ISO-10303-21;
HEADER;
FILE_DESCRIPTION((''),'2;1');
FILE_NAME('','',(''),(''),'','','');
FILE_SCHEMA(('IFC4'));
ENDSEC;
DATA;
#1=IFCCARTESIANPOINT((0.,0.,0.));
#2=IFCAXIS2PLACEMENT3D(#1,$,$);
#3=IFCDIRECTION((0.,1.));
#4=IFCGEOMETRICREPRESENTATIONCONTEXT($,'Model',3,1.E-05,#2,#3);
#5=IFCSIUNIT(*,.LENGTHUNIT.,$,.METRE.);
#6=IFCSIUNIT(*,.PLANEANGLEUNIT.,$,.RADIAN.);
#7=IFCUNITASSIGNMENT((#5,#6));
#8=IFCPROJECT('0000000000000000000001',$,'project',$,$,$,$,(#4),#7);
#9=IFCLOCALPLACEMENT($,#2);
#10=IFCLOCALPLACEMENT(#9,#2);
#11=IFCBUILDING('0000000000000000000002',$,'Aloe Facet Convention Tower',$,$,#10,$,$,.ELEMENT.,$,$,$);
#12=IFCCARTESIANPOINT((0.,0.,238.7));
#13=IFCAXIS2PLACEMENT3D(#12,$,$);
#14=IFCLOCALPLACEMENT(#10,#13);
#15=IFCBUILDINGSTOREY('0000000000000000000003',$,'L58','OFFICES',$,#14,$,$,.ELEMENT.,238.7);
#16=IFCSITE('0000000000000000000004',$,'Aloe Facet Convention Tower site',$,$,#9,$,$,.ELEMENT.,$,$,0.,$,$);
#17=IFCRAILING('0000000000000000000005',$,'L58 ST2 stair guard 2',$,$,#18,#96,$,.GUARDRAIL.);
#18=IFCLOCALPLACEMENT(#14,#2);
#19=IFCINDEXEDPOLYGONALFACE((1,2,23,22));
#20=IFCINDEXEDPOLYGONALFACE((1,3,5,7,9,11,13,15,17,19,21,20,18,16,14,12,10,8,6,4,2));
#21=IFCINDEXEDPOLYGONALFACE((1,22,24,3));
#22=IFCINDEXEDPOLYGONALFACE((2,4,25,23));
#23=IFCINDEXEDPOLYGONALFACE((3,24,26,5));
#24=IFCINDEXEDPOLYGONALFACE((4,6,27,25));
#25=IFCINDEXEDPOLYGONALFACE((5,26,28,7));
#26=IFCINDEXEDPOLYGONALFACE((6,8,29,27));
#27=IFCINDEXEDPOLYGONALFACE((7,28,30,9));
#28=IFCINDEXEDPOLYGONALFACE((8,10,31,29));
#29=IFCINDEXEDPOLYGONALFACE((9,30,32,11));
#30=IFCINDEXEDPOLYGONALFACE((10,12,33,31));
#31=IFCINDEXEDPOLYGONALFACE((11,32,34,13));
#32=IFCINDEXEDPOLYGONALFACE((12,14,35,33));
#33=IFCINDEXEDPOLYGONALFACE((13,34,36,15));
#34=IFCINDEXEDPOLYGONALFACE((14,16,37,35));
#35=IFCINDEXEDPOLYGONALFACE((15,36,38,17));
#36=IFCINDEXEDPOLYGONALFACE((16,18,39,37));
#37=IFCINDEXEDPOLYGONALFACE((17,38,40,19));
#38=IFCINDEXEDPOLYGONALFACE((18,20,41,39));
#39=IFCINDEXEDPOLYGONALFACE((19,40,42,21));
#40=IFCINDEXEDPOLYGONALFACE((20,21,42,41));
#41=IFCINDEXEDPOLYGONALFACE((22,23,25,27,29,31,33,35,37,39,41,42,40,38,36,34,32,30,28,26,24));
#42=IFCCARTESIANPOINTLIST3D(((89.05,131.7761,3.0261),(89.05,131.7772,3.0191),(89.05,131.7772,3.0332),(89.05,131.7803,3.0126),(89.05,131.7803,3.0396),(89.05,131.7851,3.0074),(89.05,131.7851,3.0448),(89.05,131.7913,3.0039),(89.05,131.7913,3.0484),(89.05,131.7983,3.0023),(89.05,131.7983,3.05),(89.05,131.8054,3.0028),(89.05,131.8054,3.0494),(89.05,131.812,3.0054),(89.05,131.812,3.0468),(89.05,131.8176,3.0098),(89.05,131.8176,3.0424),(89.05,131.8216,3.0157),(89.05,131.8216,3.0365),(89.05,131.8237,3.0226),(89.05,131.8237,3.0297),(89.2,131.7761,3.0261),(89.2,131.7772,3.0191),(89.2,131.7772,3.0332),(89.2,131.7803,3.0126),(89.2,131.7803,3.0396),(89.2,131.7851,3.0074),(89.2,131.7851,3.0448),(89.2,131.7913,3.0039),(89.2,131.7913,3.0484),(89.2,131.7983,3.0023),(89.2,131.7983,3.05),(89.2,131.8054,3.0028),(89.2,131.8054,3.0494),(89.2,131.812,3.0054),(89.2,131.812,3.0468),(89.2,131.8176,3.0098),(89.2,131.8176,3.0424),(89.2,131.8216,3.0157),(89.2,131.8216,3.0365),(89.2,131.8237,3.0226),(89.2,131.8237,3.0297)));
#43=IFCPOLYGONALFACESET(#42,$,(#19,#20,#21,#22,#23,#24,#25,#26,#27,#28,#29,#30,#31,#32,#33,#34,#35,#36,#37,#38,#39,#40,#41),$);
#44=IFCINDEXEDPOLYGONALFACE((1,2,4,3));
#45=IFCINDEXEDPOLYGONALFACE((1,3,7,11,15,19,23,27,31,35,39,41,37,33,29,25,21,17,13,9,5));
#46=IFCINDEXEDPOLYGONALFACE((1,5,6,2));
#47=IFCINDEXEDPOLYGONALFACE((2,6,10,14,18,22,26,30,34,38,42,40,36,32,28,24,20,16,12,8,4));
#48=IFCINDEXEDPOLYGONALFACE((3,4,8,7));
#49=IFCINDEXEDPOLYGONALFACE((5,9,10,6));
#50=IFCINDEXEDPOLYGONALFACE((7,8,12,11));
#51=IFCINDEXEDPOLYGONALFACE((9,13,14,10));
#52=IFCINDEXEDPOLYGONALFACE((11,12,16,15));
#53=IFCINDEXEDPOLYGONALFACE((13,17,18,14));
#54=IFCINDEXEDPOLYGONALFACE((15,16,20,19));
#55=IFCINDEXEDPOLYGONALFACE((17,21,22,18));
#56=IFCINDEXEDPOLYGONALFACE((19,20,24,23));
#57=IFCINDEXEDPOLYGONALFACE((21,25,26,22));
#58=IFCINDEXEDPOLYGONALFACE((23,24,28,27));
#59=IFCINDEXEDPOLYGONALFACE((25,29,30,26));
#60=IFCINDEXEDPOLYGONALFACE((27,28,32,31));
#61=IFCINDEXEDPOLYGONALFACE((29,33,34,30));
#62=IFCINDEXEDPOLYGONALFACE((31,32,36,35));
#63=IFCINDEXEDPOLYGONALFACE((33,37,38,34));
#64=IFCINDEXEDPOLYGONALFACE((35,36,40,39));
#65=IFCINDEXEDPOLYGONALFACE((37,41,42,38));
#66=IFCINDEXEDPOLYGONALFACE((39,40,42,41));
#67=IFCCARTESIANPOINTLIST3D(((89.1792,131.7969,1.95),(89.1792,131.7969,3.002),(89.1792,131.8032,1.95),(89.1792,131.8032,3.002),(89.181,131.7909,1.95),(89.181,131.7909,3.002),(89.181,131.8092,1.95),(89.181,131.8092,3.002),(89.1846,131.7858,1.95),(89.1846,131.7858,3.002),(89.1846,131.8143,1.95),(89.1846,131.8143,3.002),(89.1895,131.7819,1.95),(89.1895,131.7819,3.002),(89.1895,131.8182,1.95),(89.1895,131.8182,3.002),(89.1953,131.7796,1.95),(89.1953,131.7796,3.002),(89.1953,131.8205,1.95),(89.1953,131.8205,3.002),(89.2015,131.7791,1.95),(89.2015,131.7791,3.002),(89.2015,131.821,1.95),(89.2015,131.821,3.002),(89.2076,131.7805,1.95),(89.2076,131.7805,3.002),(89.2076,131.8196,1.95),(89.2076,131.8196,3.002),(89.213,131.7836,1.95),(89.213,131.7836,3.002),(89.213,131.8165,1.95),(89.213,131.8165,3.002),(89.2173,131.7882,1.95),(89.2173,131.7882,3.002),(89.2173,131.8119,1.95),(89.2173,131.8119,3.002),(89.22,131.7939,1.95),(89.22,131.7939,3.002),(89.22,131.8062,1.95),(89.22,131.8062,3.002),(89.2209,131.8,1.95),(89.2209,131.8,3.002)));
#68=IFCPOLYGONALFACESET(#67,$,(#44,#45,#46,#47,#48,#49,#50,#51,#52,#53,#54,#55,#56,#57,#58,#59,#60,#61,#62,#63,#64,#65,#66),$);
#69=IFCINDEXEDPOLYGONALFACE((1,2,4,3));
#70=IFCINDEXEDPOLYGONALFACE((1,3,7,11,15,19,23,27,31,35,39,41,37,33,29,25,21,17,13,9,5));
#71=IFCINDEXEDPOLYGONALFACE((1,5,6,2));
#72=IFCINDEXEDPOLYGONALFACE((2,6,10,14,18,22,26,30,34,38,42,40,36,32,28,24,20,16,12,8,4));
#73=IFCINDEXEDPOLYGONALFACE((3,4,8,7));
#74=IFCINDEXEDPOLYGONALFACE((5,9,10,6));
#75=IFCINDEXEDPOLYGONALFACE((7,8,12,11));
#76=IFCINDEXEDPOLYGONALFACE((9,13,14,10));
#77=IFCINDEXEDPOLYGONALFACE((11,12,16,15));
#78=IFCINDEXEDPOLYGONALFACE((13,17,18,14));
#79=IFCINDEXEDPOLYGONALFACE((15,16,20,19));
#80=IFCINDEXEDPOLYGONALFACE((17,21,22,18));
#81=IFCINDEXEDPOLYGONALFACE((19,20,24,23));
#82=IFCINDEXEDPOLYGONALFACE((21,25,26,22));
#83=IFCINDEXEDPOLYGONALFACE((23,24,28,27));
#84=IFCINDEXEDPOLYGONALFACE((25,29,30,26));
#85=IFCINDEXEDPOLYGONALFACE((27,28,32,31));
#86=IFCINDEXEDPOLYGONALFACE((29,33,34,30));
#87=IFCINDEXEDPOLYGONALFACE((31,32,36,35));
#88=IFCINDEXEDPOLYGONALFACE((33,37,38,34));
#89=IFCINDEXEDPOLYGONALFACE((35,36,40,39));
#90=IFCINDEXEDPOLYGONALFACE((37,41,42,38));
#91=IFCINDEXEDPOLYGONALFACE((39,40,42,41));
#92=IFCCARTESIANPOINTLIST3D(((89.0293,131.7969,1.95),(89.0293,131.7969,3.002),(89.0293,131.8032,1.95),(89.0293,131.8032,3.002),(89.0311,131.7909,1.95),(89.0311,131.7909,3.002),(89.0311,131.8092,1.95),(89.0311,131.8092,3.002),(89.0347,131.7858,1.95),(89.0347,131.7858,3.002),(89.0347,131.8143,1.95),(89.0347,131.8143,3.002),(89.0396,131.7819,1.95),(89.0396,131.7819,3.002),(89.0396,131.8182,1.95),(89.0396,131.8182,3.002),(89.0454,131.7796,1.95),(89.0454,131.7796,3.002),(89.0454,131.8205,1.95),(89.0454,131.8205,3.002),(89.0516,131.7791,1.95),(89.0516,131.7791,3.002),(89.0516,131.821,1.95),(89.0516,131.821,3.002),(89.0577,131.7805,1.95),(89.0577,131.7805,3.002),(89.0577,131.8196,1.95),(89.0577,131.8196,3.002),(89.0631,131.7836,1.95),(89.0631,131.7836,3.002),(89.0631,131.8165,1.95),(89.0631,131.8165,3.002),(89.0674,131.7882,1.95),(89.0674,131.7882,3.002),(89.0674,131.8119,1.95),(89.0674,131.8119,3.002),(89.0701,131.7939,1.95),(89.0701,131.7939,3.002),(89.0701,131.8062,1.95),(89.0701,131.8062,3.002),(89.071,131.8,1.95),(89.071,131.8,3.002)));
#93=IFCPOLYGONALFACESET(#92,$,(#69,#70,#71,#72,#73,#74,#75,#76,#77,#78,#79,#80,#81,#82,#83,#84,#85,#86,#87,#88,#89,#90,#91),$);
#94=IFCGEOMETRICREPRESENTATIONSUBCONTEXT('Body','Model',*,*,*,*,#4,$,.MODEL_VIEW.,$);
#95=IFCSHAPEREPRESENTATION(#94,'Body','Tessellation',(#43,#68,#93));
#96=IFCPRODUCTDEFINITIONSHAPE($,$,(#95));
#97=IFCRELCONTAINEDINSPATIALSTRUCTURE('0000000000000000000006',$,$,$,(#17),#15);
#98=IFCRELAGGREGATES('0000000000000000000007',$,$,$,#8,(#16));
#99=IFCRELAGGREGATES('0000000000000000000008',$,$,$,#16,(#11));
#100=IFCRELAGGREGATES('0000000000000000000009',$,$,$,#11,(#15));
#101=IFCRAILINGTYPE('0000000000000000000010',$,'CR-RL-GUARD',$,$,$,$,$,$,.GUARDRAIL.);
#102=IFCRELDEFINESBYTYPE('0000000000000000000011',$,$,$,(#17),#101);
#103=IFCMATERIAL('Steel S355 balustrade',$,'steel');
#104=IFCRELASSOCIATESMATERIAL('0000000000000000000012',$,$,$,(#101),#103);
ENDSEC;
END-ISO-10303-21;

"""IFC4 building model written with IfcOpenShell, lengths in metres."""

from ifc_helpers import new_model, si_unit, direction, frame, origin, origin_2d, place, context, subcontext, project, spatial, circle, extrude, material, type_object, element, save


model = new_model("IFC4")

# Units and contexts
model_context = context("Model", 3, precision=1e-05, world=origin(), true_north=direction((0.0, 1.0)))
body_context = subcontext(model_context, "Body", "Model", "MODEL_VIEW")
ifc_project = project(units=[si_unit("LENGTHUNIT", "METRE"), si_unit("PLANEANGLEUNIT", "RADIAN")], contexts=[model_context])

# Site, building, storey
site_placement = place(None, origin())
site = spatial("IfcSite", under=ifc_project, at=site_placement, Name="Aloe Facet Convention Tower site", CompositionType="ELEMENT", RefElevation=0.0)
building_placement = place(site_placement, origin())
building = spatial("IfcBuilding", under=site, at=building_placement, Name="Aloe Facet Convention Tower", CompositionType="ELEMENT")
storey_placement = place(building_placement, frame((0.0, 0.0, 238.7)))
storey = spatial("IfcBuildingStorey", under=building, at=storey_placement, Name="L58", Description="OFFICES", CompositionType="ELEMENT", Elevation=238.7)

# Railing
ifc_material_1 = material(Name="Steel S355 balustrade", Category="steel")
railing_type_1 = type_object("IfcRailingType", Name="CR-RL-GUARD", PredefinedType="GUARDRAIL", material=ifc_material_1)
railing_1_placement = place(storey_placement, frame((89.2, 131.8, 1.95)))
element("IfcRailing", 1, at=railing_1_placement, inside=storey, type_object=railing_type_1, Name="L58 ST2 stair guard 2", PredefinedType="GUARDRAIL", context=body_context, shape_type="SweptSolid", body=[
    extrude(circle(Radius=0.0239, at=origin_2d()), frame((0.0, 0.0, 1.0762), z_axis=(-1.0, 0.0, 0.0), x_axis=(0.0, -1.0, 0.0)), (0.0, 0.0, 1.0), 0.1499),
    extrude(circle(Radius=0.021, at=origin_2d()), origin(), (0.0, 0.0, 1.0), 1.052),
    extrude(circle(Radius=0.021, at=origin_2d()), frame((-0.1499, 0.0, 0.0)), (0.0, 0.0, 1.0), 1.052),
])

save(model, "model.ifc")
